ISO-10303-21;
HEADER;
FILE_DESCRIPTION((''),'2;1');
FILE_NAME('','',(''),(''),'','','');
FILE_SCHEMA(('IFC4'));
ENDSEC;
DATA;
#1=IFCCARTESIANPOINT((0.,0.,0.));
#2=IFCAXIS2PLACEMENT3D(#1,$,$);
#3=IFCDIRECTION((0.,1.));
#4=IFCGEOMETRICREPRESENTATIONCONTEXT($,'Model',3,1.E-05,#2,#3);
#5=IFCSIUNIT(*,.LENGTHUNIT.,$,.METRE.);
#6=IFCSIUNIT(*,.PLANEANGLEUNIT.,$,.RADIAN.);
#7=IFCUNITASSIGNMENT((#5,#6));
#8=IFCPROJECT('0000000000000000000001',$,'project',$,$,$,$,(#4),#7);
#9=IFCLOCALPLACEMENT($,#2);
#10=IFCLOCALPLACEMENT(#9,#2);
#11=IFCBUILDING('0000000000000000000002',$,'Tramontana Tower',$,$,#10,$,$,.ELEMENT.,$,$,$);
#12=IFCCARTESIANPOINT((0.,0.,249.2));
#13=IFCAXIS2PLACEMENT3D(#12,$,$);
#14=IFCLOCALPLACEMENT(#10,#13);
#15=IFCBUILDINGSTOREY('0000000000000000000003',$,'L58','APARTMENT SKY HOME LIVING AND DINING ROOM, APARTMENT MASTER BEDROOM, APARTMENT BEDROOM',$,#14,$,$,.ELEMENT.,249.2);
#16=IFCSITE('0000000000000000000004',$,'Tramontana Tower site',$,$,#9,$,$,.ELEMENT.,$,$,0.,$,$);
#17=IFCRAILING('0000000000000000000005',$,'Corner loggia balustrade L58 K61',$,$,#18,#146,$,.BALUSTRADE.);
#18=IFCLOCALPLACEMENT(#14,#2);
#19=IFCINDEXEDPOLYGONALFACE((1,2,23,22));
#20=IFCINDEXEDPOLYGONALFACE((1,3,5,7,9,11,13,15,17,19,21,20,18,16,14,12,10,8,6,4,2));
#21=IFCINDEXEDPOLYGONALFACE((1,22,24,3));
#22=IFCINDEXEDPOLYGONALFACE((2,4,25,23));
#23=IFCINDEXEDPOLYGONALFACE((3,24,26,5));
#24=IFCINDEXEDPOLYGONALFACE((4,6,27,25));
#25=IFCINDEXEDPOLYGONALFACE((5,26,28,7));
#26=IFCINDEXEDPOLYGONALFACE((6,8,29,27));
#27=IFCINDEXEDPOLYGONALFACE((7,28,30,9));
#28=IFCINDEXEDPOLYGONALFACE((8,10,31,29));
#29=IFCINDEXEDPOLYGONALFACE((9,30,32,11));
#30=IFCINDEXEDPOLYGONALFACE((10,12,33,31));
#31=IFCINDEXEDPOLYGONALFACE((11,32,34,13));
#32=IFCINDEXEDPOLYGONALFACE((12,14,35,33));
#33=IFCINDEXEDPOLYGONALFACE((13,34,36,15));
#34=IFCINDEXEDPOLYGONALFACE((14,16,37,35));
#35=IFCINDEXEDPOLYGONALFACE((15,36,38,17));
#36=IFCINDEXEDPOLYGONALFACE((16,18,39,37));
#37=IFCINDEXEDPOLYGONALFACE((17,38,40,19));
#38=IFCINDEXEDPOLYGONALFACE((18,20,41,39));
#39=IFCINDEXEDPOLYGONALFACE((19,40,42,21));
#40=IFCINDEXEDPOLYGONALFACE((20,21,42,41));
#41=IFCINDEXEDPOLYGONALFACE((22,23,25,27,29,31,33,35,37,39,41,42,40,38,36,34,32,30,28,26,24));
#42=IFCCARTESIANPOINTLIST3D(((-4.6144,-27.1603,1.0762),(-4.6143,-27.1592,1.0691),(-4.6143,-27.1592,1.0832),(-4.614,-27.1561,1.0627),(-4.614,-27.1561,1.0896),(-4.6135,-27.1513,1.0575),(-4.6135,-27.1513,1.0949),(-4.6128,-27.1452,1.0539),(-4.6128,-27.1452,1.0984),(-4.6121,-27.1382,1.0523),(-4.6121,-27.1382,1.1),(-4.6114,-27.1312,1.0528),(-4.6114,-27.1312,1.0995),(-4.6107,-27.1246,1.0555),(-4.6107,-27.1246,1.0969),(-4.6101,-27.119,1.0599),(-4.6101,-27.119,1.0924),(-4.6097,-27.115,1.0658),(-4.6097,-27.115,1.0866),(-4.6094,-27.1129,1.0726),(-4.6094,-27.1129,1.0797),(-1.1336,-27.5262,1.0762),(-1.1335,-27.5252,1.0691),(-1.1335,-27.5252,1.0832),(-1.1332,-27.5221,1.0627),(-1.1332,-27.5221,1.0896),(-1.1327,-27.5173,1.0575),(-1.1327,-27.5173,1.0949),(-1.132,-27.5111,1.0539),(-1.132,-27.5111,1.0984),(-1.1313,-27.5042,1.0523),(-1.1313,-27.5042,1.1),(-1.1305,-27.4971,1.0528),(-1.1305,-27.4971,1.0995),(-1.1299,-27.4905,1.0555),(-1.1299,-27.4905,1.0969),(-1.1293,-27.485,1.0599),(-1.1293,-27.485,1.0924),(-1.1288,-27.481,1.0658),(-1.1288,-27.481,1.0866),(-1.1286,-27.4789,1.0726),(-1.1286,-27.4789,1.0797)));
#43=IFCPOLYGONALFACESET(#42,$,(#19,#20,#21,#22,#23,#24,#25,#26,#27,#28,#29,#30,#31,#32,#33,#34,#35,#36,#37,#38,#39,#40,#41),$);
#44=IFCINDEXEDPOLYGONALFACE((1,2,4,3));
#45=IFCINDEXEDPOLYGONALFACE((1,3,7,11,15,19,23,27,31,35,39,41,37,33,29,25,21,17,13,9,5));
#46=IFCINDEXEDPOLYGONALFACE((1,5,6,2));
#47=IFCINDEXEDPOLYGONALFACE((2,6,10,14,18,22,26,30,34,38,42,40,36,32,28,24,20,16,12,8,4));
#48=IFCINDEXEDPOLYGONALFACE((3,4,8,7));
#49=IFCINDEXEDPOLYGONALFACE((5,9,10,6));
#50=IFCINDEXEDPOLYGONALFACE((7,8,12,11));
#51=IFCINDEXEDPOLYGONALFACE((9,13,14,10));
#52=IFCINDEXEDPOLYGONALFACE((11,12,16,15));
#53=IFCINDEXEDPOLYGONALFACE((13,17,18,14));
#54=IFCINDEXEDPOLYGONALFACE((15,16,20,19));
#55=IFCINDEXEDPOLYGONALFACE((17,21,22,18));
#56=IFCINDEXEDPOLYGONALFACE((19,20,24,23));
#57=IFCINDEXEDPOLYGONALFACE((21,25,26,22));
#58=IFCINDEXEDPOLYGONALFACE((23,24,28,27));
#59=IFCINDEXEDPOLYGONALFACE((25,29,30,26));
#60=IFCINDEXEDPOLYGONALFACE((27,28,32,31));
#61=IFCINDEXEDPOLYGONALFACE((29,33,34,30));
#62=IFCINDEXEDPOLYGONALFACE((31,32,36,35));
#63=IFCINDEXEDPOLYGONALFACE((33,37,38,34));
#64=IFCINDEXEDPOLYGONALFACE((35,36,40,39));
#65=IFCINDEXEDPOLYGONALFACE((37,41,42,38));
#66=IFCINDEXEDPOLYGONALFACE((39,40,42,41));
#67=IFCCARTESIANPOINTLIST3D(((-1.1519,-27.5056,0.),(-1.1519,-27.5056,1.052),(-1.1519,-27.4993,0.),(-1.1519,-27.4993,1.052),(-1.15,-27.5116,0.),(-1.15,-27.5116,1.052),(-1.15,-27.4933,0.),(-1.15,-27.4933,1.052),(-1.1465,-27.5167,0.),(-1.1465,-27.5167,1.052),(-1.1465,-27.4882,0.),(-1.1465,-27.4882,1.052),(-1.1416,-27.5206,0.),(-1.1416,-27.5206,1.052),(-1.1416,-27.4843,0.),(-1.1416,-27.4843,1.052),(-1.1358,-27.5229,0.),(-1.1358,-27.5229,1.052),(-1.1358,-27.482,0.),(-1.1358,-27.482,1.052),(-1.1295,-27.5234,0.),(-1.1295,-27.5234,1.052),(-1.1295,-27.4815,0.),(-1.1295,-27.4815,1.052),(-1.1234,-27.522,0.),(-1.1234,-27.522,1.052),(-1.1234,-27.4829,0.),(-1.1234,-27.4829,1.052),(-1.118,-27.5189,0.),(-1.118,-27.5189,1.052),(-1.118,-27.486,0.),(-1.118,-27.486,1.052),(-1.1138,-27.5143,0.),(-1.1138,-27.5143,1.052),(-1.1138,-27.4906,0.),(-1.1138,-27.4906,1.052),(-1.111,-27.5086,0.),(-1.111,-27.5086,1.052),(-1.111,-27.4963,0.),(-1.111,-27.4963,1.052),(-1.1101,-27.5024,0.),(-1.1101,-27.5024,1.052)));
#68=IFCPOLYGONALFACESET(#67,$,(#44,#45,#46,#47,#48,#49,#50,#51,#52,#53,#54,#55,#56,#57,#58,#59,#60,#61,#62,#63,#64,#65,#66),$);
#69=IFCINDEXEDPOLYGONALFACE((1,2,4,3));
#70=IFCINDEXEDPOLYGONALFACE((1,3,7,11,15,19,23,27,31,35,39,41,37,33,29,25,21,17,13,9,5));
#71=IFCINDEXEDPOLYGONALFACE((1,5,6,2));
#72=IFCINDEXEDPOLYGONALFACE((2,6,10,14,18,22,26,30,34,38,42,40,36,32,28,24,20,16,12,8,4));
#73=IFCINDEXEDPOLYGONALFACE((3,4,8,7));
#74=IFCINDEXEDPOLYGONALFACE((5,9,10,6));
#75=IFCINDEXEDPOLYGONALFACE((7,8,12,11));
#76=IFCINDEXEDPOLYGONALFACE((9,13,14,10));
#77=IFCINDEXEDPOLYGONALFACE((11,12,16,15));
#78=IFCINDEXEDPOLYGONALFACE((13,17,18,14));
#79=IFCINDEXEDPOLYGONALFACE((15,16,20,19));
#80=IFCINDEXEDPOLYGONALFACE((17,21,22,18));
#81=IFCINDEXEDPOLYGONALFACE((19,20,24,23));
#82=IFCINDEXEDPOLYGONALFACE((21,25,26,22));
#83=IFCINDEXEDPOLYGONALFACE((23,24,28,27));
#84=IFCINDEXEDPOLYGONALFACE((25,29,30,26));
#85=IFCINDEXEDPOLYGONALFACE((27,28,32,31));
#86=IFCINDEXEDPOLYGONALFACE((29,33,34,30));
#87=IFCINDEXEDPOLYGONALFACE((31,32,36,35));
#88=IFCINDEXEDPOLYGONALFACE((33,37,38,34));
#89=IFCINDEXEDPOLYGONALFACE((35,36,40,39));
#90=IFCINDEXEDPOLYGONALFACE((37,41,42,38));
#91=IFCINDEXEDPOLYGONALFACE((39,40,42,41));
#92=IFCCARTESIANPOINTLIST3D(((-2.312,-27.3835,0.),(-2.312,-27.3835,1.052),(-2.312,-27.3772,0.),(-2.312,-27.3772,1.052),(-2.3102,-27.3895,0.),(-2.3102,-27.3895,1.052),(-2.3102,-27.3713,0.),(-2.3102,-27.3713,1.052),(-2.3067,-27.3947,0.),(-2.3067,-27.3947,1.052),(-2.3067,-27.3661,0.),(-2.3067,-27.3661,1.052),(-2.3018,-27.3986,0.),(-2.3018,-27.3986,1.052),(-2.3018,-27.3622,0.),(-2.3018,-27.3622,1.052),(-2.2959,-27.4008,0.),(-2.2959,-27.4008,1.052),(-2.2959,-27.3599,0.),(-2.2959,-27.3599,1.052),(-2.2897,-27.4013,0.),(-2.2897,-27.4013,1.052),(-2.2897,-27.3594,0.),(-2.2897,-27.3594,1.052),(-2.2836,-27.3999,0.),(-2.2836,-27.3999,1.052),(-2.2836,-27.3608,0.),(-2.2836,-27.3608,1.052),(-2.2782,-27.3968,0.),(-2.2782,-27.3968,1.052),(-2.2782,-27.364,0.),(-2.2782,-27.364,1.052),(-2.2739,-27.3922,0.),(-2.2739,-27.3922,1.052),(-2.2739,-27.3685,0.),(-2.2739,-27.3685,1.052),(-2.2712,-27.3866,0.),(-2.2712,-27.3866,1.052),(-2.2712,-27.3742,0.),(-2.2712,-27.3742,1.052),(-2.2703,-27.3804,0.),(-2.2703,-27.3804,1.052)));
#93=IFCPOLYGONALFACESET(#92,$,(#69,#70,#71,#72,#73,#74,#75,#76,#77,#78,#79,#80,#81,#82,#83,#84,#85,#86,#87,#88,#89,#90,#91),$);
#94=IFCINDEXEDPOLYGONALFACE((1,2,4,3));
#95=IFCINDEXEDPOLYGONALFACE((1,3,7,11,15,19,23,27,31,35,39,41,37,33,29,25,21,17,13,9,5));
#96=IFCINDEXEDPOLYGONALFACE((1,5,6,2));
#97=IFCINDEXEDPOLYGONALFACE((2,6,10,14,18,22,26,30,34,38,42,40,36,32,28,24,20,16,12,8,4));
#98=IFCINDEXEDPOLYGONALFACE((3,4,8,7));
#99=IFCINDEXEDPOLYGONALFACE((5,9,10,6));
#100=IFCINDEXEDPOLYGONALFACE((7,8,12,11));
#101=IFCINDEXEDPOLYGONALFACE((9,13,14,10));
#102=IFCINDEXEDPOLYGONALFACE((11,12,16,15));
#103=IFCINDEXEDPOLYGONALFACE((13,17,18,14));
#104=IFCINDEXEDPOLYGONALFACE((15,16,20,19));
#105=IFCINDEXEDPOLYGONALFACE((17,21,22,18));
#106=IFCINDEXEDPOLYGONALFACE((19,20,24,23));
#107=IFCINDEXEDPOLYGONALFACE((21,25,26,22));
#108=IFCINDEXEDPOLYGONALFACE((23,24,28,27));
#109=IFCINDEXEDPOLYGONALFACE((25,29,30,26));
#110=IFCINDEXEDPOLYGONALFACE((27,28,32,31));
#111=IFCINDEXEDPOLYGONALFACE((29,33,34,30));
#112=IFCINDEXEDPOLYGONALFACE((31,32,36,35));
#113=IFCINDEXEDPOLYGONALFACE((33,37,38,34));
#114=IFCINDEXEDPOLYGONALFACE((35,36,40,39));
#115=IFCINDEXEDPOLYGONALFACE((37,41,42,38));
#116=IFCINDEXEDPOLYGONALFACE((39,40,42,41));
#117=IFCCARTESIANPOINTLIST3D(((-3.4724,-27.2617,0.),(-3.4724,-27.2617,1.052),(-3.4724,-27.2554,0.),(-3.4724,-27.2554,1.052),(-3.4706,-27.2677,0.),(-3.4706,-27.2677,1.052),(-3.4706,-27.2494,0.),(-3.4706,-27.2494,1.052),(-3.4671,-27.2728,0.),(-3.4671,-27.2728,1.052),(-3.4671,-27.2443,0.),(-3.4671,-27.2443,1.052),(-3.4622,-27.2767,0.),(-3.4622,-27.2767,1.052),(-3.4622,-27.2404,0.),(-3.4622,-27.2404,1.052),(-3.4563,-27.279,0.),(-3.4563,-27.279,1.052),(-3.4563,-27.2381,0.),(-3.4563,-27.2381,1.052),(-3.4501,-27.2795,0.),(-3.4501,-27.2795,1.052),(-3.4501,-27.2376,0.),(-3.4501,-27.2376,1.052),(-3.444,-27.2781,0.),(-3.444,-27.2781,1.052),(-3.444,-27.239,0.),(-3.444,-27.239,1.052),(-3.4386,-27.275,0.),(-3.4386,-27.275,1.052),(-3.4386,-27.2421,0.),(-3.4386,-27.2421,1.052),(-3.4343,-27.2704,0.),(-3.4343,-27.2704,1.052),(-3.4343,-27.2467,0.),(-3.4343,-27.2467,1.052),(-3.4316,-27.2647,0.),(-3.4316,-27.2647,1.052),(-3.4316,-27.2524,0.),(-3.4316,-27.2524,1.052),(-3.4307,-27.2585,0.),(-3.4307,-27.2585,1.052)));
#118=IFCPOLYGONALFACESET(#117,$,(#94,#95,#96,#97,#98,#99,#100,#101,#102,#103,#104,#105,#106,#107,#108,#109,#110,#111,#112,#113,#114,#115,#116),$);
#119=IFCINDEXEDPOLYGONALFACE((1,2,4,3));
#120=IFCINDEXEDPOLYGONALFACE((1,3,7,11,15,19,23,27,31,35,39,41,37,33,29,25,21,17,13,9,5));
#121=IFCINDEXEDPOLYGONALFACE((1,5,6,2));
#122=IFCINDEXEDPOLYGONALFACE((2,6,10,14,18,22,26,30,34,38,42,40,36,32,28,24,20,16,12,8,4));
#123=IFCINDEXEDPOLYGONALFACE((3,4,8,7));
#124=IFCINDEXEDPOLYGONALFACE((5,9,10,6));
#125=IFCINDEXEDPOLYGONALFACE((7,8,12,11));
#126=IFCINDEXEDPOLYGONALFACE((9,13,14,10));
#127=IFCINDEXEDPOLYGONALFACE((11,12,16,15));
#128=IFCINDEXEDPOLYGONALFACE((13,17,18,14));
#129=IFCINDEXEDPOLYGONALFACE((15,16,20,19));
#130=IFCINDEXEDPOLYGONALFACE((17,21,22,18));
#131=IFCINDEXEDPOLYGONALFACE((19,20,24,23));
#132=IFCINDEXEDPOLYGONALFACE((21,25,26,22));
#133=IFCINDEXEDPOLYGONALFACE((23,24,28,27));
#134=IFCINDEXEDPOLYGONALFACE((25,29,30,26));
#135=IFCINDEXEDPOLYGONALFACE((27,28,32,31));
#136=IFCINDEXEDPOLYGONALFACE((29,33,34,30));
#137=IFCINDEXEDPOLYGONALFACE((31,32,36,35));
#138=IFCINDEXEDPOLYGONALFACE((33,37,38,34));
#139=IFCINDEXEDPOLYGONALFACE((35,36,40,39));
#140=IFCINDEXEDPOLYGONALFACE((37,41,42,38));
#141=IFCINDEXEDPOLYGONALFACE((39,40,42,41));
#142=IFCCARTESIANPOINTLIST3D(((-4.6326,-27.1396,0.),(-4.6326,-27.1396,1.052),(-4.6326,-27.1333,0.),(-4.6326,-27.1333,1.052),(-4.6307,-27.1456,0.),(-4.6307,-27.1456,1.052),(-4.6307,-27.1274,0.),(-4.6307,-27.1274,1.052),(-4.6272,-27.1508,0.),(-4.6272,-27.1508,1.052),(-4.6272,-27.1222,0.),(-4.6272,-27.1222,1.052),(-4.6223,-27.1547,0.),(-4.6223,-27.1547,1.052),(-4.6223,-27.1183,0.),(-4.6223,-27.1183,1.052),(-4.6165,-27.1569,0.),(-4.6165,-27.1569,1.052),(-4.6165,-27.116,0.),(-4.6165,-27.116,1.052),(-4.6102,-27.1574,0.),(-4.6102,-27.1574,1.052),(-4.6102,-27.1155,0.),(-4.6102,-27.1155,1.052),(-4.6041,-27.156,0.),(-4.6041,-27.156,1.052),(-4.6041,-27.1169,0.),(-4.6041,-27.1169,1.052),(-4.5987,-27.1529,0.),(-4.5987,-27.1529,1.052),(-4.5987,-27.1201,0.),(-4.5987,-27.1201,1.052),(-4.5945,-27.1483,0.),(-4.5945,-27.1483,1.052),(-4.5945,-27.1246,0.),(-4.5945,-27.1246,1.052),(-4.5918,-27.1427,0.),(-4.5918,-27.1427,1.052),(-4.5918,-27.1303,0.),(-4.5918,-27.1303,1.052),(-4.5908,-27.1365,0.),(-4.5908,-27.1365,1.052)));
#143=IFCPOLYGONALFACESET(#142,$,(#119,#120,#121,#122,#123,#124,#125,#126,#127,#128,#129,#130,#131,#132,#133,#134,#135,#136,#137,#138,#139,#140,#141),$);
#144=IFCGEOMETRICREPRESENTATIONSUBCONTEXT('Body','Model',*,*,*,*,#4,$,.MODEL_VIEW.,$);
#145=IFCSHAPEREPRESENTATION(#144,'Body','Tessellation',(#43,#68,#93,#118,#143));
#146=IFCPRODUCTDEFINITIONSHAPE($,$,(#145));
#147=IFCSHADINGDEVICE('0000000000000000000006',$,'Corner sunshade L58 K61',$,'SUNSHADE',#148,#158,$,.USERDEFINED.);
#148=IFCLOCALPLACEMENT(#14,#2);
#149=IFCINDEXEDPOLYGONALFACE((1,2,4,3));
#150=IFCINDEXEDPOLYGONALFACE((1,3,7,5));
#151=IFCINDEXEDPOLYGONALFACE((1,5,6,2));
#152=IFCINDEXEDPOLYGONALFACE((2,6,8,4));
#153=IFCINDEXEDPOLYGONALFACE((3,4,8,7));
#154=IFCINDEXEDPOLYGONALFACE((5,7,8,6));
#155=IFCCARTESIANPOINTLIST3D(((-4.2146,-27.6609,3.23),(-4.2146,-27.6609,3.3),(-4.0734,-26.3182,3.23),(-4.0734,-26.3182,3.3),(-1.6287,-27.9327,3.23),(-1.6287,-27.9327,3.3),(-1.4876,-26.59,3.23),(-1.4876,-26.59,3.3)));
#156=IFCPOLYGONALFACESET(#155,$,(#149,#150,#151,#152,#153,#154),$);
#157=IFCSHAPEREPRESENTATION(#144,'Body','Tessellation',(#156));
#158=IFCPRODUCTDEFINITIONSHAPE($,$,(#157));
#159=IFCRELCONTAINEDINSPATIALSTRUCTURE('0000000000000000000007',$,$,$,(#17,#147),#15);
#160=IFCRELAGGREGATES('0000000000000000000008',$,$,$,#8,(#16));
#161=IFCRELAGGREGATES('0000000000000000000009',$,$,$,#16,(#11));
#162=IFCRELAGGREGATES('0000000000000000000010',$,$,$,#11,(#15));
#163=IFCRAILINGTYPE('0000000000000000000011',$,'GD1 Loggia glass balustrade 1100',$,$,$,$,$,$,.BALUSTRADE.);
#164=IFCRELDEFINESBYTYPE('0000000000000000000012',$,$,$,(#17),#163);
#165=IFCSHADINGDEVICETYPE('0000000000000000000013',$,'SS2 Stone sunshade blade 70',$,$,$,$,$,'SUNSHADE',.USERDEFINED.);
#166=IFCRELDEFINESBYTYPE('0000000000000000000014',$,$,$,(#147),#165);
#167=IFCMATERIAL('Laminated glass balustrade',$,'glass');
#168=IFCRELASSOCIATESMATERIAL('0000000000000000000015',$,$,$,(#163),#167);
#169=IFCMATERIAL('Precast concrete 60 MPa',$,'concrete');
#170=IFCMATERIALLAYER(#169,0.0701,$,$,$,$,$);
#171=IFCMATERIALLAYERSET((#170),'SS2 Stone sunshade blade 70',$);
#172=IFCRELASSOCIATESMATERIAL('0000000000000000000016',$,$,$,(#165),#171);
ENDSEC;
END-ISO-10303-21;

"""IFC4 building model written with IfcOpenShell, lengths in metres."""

from ifc_helpers import new_model, si_unit, direction, frame, origin, origin_2d, place, context, subcontext, project, spatial, rectangle, circle, extrude, material, layer, layer_set, type_object, element, save


model = new_model("IFC4")

# Units and contexts
model_context = context("Model", 3, precision=1e-05, world=origin(), true_north=direction((0.0, 1.0)))
body_context = subcontext(model_context, "Body", "Model", "MODEL_VIEW")
ifc_project = project(units=[si_unit("LENGTHUNIT", "METRE"), si_unit("PLANEANGLEUNIT", "RADIAN")], contexts=[model_context])

# Site, building, storey
site_placement = place(None, origin())
site = spatial("IfcSite", under=ifc_project, at=site_placement, Name="Tramontana Tower site", CompositionType="ELEMENT", RefElevation=0.0)
building_placement = place(site_placement, origin())
building = spatial("IfcBuilding", under=site, at=building_placement, Name="Tramontana Tower", CompositionType="ELEMENT")
storey_placement = place(building_placement, frame((0.0, 0.0, 249.2)))
storey = spatial("IfcBuildingStorey", under=building, at=storey_placement, Name="L58", Description="APARTMENT SKY HOME LIVING AND DINING ROOM, APARTMENT MASTER BEDROOM, APARTMENT BEDROOM", CompositionType="ELEMENT", Elevation=249.2)

# Railing
ifc_material_1 = material(Name="Laminated glass balustrade", Category="glass")
railing_type = type_object("IfcRailingType", Name="GD1 Loggia glass balustrade 1100", PredefinedType="BALUSTRADE", material=ifc_material_1)
railing_1_placement = place(storey_placement, frame((-1.1311, -27.5024, 0.0)))
element("IfcRailing", 1, at=railing_1_placement, inside=storey, type_object=railing_type, Name="Corner loggia balustrade L58 K61", PredefinedType="BALUSTRADE", context=body_context, shape_type="SweptSolid", body=[
    extrude(circle(Radius=0.0239, at=origin_2d()), frame((0.0, 0.0, 1.0762), z_axis=(-0.994518, 0.104565, 0.0), x_axis=(-0.104565, -0.994518, 0.0)), (0.0, 0.0, 1.0), 3.5),
    extrude(circle(Radius=0.021, at=origin_2d()), origin(), (0.0, 0.0, 1.0), 1.052),
    extrude(circle(Radius=0.021, at=origin_2d()), frame((-1.1602, 0.1221, 0.0)), (0.0, 0.0, 1.0), 1.052),
    extrude(circle(Radius=0.021, at=origin_2d()), frame((-2.3206, 0.2439, 0.0)), (0.0, 0.0, 1.0), 1.052),
    extrude(circle(Radius=0.021, at=origin_2d()), frame((-3.4807, 0.366, 0.0)), (0.0, 0.0, 1.0), 1.052),
])

# Shading device
ifc_material_2 = material(Name="Precast concrete 60 MPa", Category="concrete")
ifc_layer_1 = layer(ifc_material_2, 0.0701)
ifc_layer_set_1 = layer_set([ifc_layer_1], Name="SS2 Stone sunshade blade 70")
shading_device_type = type_object("IfcShadingDeviceType", Name="SS2 Stone sunshade blade 70", ElementType="SUNSHADE", PredefinedType="USERDEFINED", material=ifc_layer_set_1)
shading_device_placement = place(storey_placement, frame((-2.8511, -27.1255, 3.23), z_axis=(0.0, 0.0, 1.0), x_axis=(-0.994522, 0.104528, 0.0)))
element("IfcShadingDevice", 2, at=shading_device_placement, inside=storey, type_object=shading_device_type, Name="Corner sunshade L58 K61", ObjectType="SUNSHADE", PredefinedType="USERDEFINED", context=body_context, shape_type="SweptSolid", body=[
    extrude(rectangle(XDim=2.6001, YDim=1.3501, at=origin_2d()), origin(), (0.0, 0.0, 1.0), 0.0701),
])

save(model, "model.ifc")
